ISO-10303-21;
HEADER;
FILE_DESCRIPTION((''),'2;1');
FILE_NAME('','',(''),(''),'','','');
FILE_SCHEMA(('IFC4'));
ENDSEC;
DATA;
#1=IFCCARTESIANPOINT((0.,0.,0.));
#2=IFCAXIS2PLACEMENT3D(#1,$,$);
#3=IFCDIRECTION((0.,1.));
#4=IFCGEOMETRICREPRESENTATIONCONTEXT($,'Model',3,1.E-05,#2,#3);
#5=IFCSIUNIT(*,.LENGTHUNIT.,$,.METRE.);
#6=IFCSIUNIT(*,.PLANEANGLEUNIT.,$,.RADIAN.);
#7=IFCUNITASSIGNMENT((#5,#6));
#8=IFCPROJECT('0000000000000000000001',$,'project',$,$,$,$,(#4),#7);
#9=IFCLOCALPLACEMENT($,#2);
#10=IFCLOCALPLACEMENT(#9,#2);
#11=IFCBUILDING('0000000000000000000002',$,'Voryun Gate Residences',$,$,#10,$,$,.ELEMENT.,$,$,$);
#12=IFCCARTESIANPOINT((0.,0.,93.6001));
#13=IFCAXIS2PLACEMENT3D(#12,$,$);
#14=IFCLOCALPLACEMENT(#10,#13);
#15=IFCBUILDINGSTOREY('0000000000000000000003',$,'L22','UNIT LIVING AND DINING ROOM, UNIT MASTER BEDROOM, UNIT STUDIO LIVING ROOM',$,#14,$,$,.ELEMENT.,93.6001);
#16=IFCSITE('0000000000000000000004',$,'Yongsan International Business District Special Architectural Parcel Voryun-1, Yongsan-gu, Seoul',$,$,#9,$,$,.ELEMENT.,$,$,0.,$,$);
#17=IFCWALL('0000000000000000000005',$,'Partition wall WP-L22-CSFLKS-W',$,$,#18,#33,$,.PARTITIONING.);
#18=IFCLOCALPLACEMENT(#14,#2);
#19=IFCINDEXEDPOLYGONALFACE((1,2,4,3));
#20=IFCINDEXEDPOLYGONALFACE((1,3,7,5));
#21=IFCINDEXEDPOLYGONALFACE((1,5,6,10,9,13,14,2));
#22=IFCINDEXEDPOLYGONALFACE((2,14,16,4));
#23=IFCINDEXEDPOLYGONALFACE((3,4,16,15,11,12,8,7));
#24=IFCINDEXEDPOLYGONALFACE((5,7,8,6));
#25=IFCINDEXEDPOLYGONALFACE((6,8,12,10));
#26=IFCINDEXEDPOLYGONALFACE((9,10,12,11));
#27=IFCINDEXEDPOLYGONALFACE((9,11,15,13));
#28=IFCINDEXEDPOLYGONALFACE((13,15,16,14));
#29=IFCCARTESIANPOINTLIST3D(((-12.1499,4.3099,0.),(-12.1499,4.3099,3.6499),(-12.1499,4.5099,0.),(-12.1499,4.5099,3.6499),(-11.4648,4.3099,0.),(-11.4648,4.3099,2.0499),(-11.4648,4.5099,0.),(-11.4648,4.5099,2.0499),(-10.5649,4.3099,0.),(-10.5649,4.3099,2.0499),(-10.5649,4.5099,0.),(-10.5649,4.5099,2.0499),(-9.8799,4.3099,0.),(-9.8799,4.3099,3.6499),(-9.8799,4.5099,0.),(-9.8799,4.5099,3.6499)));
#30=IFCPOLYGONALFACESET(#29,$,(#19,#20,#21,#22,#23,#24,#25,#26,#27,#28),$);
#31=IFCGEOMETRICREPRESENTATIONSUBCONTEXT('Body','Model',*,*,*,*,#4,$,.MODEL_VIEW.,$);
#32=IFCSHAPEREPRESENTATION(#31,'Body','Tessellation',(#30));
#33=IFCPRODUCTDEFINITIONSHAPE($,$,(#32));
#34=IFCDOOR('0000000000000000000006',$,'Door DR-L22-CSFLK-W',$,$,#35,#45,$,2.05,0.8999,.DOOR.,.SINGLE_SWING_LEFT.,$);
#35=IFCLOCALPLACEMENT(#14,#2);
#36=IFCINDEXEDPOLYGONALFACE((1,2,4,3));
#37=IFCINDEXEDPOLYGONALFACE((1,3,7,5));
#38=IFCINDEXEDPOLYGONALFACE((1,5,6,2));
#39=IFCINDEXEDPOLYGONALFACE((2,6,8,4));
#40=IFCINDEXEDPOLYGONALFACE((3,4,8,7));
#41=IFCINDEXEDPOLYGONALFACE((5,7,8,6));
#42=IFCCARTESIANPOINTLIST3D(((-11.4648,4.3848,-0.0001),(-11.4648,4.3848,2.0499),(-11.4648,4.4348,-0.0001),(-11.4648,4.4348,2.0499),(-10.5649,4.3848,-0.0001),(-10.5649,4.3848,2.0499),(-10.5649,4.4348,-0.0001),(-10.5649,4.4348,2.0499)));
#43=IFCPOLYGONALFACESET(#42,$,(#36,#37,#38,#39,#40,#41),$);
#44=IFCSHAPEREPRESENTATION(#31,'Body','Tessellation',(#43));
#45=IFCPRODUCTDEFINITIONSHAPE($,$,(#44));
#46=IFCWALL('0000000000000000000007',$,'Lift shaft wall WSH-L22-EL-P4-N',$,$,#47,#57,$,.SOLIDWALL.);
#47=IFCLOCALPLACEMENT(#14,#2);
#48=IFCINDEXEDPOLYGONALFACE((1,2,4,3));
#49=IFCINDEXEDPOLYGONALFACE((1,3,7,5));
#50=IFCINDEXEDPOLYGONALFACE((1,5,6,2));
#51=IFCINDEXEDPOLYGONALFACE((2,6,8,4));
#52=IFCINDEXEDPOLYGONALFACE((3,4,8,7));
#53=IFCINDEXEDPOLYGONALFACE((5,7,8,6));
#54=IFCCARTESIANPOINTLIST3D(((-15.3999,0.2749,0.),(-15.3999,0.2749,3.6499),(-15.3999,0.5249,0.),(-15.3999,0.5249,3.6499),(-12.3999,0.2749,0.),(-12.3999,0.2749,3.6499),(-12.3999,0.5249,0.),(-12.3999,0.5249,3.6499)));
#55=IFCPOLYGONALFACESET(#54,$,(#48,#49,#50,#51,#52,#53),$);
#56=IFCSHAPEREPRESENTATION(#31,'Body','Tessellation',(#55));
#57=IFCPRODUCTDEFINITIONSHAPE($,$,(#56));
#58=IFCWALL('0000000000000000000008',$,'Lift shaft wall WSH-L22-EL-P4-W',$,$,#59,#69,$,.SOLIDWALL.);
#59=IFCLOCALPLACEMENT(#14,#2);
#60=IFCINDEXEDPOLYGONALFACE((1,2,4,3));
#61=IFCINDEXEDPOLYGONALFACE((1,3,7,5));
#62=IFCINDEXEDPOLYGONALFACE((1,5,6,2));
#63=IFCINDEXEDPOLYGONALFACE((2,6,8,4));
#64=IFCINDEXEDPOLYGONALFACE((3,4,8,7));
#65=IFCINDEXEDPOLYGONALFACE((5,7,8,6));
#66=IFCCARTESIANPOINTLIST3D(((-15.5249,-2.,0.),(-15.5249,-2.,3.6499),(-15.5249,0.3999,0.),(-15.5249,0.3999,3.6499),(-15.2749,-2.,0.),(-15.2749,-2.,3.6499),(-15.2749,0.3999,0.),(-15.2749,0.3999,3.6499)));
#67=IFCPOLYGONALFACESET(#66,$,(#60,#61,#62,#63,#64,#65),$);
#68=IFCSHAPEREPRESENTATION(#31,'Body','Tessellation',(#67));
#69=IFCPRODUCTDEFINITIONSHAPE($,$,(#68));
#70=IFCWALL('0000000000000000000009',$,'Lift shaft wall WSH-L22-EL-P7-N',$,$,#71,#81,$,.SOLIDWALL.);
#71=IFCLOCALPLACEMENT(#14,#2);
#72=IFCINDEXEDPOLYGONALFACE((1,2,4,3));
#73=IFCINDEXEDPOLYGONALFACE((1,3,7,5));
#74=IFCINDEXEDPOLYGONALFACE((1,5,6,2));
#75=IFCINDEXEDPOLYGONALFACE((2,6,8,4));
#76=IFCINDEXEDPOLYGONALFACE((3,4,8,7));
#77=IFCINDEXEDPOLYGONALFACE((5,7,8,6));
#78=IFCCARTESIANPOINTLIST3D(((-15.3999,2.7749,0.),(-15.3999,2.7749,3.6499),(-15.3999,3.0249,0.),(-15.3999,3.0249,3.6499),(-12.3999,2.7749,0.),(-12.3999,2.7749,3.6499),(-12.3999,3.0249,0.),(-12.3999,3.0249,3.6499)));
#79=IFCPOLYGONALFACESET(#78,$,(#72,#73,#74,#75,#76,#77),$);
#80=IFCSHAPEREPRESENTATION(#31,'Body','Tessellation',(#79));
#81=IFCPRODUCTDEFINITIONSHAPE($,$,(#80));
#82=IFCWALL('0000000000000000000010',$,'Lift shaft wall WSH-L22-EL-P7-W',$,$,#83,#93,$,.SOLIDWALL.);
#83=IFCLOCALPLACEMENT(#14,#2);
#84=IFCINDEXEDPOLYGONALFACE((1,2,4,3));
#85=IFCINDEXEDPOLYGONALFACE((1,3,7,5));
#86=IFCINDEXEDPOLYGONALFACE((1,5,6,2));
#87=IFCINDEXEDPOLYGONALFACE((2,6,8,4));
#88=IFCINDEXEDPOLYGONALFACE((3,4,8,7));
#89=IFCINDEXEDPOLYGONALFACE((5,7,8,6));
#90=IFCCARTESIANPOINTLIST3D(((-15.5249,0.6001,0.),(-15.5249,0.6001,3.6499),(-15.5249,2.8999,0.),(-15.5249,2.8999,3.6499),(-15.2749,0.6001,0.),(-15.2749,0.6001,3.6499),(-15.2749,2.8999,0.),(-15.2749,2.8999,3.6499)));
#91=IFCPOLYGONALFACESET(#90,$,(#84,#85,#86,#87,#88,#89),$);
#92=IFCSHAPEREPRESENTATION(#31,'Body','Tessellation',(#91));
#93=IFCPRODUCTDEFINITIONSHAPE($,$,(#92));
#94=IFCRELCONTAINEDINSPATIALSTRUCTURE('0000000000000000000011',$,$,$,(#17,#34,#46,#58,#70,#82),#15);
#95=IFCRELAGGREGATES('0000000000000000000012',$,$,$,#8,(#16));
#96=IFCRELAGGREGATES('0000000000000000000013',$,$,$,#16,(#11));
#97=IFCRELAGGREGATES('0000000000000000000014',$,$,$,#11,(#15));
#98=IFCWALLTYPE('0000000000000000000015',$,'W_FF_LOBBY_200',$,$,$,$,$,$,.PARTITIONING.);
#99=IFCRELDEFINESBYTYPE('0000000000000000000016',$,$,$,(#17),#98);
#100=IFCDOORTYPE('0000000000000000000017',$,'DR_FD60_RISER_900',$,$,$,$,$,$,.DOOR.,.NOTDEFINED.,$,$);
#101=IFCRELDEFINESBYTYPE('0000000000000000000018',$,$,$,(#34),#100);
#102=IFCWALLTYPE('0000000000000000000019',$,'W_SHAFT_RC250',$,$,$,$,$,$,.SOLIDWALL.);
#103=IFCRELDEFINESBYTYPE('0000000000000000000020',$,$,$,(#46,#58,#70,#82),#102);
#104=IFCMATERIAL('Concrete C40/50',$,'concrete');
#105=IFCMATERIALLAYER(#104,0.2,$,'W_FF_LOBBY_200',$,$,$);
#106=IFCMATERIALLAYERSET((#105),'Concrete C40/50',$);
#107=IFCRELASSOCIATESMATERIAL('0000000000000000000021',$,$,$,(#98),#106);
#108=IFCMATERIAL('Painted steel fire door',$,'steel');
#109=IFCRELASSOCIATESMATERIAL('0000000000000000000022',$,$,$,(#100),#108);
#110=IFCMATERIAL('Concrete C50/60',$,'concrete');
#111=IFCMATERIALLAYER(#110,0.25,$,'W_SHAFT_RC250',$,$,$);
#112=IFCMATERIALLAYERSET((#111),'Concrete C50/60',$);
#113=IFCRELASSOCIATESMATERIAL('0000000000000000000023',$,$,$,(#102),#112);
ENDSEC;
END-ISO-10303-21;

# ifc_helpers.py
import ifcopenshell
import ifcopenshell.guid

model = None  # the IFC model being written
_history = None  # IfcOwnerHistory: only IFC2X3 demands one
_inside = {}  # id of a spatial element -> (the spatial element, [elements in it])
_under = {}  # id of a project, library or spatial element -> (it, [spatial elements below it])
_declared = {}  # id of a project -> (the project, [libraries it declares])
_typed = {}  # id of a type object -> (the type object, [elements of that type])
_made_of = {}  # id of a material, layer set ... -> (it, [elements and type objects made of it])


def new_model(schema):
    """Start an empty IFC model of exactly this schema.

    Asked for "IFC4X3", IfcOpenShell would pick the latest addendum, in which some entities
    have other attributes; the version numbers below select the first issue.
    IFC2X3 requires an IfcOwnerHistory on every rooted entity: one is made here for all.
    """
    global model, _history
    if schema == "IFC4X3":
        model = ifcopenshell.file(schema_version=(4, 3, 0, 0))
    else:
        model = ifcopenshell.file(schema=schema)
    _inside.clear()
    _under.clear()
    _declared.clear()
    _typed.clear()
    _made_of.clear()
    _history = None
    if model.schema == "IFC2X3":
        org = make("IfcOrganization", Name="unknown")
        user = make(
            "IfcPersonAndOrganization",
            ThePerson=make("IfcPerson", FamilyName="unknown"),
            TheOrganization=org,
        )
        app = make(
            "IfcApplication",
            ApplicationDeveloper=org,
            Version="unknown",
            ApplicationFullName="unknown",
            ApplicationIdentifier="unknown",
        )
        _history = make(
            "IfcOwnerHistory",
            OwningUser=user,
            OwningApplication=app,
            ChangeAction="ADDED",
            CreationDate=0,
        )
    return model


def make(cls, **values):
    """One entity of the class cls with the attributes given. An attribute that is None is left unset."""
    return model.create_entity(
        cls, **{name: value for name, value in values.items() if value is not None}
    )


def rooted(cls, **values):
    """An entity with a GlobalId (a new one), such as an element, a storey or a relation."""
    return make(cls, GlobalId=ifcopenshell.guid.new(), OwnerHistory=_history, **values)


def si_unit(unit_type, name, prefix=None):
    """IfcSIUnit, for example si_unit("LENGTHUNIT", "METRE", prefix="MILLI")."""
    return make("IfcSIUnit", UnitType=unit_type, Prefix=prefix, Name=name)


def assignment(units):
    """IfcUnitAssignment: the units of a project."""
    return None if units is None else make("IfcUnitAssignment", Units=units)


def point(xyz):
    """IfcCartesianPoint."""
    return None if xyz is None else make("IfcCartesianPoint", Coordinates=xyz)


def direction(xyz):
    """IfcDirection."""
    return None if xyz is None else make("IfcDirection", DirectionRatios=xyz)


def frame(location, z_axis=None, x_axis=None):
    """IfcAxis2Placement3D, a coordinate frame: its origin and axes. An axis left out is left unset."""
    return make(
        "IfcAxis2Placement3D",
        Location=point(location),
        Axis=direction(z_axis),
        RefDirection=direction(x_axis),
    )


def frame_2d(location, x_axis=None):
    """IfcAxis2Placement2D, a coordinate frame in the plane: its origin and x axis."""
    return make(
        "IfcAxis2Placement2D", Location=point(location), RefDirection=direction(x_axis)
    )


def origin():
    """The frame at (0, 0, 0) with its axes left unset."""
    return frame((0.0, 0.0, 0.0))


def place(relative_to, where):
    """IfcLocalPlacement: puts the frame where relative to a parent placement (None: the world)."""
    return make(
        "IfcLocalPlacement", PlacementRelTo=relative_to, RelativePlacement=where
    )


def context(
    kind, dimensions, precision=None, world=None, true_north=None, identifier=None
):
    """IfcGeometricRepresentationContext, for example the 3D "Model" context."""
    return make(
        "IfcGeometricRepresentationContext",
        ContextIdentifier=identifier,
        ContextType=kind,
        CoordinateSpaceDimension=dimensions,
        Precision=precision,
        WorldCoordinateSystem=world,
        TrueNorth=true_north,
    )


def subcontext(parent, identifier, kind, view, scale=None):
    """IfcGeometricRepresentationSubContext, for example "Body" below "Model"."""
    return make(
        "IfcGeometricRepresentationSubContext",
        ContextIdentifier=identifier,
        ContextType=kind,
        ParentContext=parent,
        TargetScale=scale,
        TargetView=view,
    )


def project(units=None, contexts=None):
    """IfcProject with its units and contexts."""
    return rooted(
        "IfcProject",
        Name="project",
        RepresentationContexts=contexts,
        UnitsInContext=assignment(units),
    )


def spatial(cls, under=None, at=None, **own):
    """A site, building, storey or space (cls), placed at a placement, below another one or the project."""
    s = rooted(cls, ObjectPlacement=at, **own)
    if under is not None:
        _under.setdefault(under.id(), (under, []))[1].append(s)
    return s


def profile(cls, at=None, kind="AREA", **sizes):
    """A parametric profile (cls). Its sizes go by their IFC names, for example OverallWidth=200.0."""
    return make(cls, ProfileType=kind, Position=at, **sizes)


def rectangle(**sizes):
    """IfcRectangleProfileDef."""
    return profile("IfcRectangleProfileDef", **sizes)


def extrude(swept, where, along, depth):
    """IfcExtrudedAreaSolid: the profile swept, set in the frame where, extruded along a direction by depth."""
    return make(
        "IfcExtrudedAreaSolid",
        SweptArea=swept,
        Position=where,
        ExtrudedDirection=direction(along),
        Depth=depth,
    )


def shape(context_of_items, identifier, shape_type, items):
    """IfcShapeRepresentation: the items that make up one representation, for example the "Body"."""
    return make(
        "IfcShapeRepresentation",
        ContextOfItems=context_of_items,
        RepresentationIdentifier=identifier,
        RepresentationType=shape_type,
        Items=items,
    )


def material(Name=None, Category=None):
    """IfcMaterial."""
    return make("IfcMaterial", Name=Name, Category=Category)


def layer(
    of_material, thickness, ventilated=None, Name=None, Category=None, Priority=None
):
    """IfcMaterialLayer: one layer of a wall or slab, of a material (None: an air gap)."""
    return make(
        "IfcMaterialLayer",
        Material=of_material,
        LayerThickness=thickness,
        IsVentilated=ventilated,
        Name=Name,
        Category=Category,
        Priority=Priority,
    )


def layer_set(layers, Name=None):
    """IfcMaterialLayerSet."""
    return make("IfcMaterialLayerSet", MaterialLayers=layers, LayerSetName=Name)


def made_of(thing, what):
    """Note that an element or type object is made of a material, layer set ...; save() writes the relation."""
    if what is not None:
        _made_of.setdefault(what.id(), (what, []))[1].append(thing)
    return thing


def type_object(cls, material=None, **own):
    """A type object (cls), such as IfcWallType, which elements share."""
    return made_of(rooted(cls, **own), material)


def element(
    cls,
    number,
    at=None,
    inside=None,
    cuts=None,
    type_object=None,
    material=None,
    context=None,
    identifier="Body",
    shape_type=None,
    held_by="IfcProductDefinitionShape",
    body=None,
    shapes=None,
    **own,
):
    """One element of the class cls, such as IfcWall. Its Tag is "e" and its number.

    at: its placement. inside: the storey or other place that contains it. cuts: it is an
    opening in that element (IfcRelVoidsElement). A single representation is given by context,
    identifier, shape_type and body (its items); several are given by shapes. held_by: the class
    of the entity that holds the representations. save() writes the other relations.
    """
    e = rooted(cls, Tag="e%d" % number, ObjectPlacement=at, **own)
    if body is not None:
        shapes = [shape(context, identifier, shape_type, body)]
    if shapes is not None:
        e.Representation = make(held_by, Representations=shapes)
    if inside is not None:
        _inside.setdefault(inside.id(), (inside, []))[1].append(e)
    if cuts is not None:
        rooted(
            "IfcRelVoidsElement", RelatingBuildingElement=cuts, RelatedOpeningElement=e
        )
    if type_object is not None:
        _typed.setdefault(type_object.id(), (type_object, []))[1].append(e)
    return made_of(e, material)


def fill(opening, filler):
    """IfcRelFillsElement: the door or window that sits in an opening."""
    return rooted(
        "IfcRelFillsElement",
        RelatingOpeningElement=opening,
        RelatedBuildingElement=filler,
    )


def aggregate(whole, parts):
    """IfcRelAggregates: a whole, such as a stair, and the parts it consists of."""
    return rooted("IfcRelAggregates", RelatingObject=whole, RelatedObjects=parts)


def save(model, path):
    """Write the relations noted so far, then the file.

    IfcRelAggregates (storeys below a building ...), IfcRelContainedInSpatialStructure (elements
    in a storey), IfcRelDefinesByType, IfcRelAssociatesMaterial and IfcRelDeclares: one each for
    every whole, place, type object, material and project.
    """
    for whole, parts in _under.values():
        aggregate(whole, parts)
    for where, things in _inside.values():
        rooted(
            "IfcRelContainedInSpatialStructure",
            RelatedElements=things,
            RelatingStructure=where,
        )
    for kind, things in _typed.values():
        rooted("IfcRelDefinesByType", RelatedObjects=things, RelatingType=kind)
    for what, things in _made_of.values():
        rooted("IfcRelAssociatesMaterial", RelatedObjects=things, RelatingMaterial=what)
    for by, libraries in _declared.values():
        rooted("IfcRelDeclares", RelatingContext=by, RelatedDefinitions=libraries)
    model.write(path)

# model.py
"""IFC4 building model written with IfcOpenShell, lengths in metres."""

from ifc_helpers import new_model, si_unit, direction, frame, frame_2d, origin, place, context, subcontext, project, spatial, rectangle, extrude, material, layer, layer_set, type_object, element, fill, save


model = new_model("IFC4")

# Units and contexts
model_context = context("Model", 3, precision=1e-05, world=origin(), true_north=direction((0.0, 1.0)))
body_context = subcontext(model_context, "Body", "Model", "MODEL_VIEW")
ifc_project = project(units=[si_unit("LENGTHUNIT", "METRE"), si_unit("PLANEANGLEUNIT", "RADIAN")], contexts=[model_context])

# Site, building, storey
site_placement = place(None, origin())
site = spatial("IfcSite", under=ifc_project, at=site_placement, Name="Yongsan International Business District Special Architectural Parcel Voryun-1, Yongsan-gu, Seoul", CompositionType="ELEMENT", RefElevation=0.0)
building_placement = place(site_placement, origin())
building = spatial("IfcBuilding", under=site, at=building_placement, Name="Voryun Gate Residences", CompositionType="ELEMENT")
storey_placement = place(building_placement, frame((0.0, 0.0, 93.6001)))
storey = spatial("IfcBuildingStorey", under=building, at=storey_placement, Name="L22", Description="UNIT LIVING AND DINING ROOM, UNIT MASTER BEDROOM, UNIT STUDIO LIVING ROOM", CompositionType="ELEMENT", Elevation=93.6001)

# Shared definitions
ifc_material_1 = material(Name="Concrete C40/50", Category="concrete")
ifc_layer_1 = layer(ifc_material_1, 0.2, Name="W_FF_LOBBY_200")
ifc_layer_set_1 = layer_set([ifc_layer_1], Name="Concrete C40/50")
wall_type_1 = type_object("IfcWallType", Name="W_FF_LOBBY_200", PredefinedType="PARTITIONING", material=ifc_layer_set_1)

# Wall, opening, door
wall_1_placement = place(storey_placement, frame((-12.1499, 4.4099, 0.0), z_axis=(0.0, 0.0, 1.0), x_axis=(1.0, 0.0, 0.0)))
wall_1 = element("IfcWall", 1, at=wall_1_placement, inside=storey, type_object=wall_type_1, Name="Partition wall WP-L22-CSFLKS-W", PredefinedType="PARTITIONING", context=body_context, shape_type="SweptSolid", body=[
    extrude(rectangle(XDim=2.27, YDim=0.2, at=frame_2d((1.135, 0.0))), origin(), (0.0, 0.0, 1.0), 3.6499),
])
opening_placement = place(wall_1_placement, frame((0.6851, 0.0, 0.0)))
opening = element("IfcOpeningElement", 2, at=opening_placement, cuts=wall_1, PredefinedType="OPENING", context=body_context, shape_type="SweptSolid", body=[
    extrude(rectangle(XDim=0.8999, YDim=2.05, at=frame_2d((0.45, 1.0249))), frame((0.0, 0.1101, 0.0), z_axis=(0.0, -1.0, 0.0), x_axis=(1.0, 0.0, 0.0)), (0.0, 0.0, 1.0), 0.22),
])
ifc_material_2 = material(Name="Painted steel fire door", Category="steel")
door_type = type_object("IfcDoorType", Name="DR_FD60_RISER_900", OperationType="NOTDEFINED", PredefinedType="DOOR", material=ifc_material_2)
door_placement = place(opening_placement, origin())
door = element("IfcDoor", 3, at=door_placement, inside=storey, type_object=door_type, Name="Door DR-L22-CSFLK-W", OperationType="SINGLE_SWING_LEFT", OverallHeight=2.05, OverallWidth=0.8999, PredefinedType="DOOR", context=body_context, shape_type="SweptSolid", body=[
    extrude(rectangle(XDim=0.8999, YDim=2.05, at=frame_2d((0.45, 1.0249))), frame((0.0, 0.0249, 0.0), z_axis=(0.0, -1.0, 0.0), x_axis=(1.0, 0.0, 0.0)), (0.0, 0.0, 1.0), 0.05),
])
fill(opening, door)

# Walls
ifc_material_3 = material(Name="Concrete C50/60", Category="concrete")
ifc_layer_2 = layer(ifc_material_3, 0.25, Name="W_SHAFT_RC250")
ifc_layer_set_2 = layer_set([ifc_layer_2], Name="Concrete C50/60")
wall_type_2 = type_object("IfcWallType", Name="W_SHAFT_RC250", PredefinedType="SOLIDWALL", material=ifc_layer_set_2)
wall_2_placement = place(storey_placement, frame((-12.3999, 0.3999, 0.0), z_axis=(0.0, 0.0, 1.0), x_axis=(-1.0, 0.0, 0.0)))
element("IfcWall", 4, at=wall_2_placement, inside=storey, type_object=wall_type_2, Name="Lift shaft wall WSH-L22-EL-P4-N", PredefinedType="SOLIDWALL", context=body_context, shape_type="SweptSolid", body=[
    extrude(rectangle(XDim=3.0, YDim=0.25, at=frame_2d((1.5, 0.0))), origin(), (0.0, 0.0, 1.0), 3.6499),
])
wall_3_placement = place(storey_placement, frame((-15.3999, 0.3999, 0.0), z_axis=(0.0, 0.0, 1.0), x_axis=(0.0, -1.0, 0.0)))
element("IfcWall", 5, at=wall_3_placement, inside=storey, type_object=wall_type_2, Name="Lift shaft wall WSH-L22-EL-P4-W", PredefinedType="SOLIDWALL", context=body_context, shape_type="SweptSolid", body=[
    extrude(rectangle(XDim=2.3999, YDim=0.25, at=frame_2d((1.2, 0.0))), origin(), (0.0, 0.0, 1.0), 3.6499),
])
wall_4_placement = place(storey_placement, frame((-12.3999, 2.8999, 0.0), z_axis=(0.0, 0.0, 1.0), x_axis=(-1.0, 0.0, 0.0)))
element("IfcWall", 6, at=wall_4_placement, inside=storey, type_object=wall_type_2, Name="Lift shaft wall WSH-L22-EL-P7-N", PredefinedType="SOLIDWALL", context=body_context, shape_type="SweptSolid", body=[
    extrude(rectangle(XDim=3.0, YDim=0.25, at=frame_2d((1.5, 0.0))), origin(), (0.0, 0.0, 1.0), 3.6499),
])
wall_5_placement = place(storey_placement, frame((-15.3999, 2.8999, 0.0), z_axis=(0.0, 0.0, 1.0), x_axis=(0.0, -1.0, 0.0)))
element("IfcWall", 7, at=wall_5_placement, inside=storey, type_object=wall_type_2, Name="Lift shaft wall WSH-L22-EL-P7-W", PredefinedType="SOLIDWALL", context=body_context, shape_type="SweptSolid", body=[
    extrude(rectangle(XDim=2.2998, YDim=0.25, at=frame_2d((1.1499, 0.0))), origin(), (0.0, 0.0, 1.0), 3.6499),
])

save(model, "model.ifc")
